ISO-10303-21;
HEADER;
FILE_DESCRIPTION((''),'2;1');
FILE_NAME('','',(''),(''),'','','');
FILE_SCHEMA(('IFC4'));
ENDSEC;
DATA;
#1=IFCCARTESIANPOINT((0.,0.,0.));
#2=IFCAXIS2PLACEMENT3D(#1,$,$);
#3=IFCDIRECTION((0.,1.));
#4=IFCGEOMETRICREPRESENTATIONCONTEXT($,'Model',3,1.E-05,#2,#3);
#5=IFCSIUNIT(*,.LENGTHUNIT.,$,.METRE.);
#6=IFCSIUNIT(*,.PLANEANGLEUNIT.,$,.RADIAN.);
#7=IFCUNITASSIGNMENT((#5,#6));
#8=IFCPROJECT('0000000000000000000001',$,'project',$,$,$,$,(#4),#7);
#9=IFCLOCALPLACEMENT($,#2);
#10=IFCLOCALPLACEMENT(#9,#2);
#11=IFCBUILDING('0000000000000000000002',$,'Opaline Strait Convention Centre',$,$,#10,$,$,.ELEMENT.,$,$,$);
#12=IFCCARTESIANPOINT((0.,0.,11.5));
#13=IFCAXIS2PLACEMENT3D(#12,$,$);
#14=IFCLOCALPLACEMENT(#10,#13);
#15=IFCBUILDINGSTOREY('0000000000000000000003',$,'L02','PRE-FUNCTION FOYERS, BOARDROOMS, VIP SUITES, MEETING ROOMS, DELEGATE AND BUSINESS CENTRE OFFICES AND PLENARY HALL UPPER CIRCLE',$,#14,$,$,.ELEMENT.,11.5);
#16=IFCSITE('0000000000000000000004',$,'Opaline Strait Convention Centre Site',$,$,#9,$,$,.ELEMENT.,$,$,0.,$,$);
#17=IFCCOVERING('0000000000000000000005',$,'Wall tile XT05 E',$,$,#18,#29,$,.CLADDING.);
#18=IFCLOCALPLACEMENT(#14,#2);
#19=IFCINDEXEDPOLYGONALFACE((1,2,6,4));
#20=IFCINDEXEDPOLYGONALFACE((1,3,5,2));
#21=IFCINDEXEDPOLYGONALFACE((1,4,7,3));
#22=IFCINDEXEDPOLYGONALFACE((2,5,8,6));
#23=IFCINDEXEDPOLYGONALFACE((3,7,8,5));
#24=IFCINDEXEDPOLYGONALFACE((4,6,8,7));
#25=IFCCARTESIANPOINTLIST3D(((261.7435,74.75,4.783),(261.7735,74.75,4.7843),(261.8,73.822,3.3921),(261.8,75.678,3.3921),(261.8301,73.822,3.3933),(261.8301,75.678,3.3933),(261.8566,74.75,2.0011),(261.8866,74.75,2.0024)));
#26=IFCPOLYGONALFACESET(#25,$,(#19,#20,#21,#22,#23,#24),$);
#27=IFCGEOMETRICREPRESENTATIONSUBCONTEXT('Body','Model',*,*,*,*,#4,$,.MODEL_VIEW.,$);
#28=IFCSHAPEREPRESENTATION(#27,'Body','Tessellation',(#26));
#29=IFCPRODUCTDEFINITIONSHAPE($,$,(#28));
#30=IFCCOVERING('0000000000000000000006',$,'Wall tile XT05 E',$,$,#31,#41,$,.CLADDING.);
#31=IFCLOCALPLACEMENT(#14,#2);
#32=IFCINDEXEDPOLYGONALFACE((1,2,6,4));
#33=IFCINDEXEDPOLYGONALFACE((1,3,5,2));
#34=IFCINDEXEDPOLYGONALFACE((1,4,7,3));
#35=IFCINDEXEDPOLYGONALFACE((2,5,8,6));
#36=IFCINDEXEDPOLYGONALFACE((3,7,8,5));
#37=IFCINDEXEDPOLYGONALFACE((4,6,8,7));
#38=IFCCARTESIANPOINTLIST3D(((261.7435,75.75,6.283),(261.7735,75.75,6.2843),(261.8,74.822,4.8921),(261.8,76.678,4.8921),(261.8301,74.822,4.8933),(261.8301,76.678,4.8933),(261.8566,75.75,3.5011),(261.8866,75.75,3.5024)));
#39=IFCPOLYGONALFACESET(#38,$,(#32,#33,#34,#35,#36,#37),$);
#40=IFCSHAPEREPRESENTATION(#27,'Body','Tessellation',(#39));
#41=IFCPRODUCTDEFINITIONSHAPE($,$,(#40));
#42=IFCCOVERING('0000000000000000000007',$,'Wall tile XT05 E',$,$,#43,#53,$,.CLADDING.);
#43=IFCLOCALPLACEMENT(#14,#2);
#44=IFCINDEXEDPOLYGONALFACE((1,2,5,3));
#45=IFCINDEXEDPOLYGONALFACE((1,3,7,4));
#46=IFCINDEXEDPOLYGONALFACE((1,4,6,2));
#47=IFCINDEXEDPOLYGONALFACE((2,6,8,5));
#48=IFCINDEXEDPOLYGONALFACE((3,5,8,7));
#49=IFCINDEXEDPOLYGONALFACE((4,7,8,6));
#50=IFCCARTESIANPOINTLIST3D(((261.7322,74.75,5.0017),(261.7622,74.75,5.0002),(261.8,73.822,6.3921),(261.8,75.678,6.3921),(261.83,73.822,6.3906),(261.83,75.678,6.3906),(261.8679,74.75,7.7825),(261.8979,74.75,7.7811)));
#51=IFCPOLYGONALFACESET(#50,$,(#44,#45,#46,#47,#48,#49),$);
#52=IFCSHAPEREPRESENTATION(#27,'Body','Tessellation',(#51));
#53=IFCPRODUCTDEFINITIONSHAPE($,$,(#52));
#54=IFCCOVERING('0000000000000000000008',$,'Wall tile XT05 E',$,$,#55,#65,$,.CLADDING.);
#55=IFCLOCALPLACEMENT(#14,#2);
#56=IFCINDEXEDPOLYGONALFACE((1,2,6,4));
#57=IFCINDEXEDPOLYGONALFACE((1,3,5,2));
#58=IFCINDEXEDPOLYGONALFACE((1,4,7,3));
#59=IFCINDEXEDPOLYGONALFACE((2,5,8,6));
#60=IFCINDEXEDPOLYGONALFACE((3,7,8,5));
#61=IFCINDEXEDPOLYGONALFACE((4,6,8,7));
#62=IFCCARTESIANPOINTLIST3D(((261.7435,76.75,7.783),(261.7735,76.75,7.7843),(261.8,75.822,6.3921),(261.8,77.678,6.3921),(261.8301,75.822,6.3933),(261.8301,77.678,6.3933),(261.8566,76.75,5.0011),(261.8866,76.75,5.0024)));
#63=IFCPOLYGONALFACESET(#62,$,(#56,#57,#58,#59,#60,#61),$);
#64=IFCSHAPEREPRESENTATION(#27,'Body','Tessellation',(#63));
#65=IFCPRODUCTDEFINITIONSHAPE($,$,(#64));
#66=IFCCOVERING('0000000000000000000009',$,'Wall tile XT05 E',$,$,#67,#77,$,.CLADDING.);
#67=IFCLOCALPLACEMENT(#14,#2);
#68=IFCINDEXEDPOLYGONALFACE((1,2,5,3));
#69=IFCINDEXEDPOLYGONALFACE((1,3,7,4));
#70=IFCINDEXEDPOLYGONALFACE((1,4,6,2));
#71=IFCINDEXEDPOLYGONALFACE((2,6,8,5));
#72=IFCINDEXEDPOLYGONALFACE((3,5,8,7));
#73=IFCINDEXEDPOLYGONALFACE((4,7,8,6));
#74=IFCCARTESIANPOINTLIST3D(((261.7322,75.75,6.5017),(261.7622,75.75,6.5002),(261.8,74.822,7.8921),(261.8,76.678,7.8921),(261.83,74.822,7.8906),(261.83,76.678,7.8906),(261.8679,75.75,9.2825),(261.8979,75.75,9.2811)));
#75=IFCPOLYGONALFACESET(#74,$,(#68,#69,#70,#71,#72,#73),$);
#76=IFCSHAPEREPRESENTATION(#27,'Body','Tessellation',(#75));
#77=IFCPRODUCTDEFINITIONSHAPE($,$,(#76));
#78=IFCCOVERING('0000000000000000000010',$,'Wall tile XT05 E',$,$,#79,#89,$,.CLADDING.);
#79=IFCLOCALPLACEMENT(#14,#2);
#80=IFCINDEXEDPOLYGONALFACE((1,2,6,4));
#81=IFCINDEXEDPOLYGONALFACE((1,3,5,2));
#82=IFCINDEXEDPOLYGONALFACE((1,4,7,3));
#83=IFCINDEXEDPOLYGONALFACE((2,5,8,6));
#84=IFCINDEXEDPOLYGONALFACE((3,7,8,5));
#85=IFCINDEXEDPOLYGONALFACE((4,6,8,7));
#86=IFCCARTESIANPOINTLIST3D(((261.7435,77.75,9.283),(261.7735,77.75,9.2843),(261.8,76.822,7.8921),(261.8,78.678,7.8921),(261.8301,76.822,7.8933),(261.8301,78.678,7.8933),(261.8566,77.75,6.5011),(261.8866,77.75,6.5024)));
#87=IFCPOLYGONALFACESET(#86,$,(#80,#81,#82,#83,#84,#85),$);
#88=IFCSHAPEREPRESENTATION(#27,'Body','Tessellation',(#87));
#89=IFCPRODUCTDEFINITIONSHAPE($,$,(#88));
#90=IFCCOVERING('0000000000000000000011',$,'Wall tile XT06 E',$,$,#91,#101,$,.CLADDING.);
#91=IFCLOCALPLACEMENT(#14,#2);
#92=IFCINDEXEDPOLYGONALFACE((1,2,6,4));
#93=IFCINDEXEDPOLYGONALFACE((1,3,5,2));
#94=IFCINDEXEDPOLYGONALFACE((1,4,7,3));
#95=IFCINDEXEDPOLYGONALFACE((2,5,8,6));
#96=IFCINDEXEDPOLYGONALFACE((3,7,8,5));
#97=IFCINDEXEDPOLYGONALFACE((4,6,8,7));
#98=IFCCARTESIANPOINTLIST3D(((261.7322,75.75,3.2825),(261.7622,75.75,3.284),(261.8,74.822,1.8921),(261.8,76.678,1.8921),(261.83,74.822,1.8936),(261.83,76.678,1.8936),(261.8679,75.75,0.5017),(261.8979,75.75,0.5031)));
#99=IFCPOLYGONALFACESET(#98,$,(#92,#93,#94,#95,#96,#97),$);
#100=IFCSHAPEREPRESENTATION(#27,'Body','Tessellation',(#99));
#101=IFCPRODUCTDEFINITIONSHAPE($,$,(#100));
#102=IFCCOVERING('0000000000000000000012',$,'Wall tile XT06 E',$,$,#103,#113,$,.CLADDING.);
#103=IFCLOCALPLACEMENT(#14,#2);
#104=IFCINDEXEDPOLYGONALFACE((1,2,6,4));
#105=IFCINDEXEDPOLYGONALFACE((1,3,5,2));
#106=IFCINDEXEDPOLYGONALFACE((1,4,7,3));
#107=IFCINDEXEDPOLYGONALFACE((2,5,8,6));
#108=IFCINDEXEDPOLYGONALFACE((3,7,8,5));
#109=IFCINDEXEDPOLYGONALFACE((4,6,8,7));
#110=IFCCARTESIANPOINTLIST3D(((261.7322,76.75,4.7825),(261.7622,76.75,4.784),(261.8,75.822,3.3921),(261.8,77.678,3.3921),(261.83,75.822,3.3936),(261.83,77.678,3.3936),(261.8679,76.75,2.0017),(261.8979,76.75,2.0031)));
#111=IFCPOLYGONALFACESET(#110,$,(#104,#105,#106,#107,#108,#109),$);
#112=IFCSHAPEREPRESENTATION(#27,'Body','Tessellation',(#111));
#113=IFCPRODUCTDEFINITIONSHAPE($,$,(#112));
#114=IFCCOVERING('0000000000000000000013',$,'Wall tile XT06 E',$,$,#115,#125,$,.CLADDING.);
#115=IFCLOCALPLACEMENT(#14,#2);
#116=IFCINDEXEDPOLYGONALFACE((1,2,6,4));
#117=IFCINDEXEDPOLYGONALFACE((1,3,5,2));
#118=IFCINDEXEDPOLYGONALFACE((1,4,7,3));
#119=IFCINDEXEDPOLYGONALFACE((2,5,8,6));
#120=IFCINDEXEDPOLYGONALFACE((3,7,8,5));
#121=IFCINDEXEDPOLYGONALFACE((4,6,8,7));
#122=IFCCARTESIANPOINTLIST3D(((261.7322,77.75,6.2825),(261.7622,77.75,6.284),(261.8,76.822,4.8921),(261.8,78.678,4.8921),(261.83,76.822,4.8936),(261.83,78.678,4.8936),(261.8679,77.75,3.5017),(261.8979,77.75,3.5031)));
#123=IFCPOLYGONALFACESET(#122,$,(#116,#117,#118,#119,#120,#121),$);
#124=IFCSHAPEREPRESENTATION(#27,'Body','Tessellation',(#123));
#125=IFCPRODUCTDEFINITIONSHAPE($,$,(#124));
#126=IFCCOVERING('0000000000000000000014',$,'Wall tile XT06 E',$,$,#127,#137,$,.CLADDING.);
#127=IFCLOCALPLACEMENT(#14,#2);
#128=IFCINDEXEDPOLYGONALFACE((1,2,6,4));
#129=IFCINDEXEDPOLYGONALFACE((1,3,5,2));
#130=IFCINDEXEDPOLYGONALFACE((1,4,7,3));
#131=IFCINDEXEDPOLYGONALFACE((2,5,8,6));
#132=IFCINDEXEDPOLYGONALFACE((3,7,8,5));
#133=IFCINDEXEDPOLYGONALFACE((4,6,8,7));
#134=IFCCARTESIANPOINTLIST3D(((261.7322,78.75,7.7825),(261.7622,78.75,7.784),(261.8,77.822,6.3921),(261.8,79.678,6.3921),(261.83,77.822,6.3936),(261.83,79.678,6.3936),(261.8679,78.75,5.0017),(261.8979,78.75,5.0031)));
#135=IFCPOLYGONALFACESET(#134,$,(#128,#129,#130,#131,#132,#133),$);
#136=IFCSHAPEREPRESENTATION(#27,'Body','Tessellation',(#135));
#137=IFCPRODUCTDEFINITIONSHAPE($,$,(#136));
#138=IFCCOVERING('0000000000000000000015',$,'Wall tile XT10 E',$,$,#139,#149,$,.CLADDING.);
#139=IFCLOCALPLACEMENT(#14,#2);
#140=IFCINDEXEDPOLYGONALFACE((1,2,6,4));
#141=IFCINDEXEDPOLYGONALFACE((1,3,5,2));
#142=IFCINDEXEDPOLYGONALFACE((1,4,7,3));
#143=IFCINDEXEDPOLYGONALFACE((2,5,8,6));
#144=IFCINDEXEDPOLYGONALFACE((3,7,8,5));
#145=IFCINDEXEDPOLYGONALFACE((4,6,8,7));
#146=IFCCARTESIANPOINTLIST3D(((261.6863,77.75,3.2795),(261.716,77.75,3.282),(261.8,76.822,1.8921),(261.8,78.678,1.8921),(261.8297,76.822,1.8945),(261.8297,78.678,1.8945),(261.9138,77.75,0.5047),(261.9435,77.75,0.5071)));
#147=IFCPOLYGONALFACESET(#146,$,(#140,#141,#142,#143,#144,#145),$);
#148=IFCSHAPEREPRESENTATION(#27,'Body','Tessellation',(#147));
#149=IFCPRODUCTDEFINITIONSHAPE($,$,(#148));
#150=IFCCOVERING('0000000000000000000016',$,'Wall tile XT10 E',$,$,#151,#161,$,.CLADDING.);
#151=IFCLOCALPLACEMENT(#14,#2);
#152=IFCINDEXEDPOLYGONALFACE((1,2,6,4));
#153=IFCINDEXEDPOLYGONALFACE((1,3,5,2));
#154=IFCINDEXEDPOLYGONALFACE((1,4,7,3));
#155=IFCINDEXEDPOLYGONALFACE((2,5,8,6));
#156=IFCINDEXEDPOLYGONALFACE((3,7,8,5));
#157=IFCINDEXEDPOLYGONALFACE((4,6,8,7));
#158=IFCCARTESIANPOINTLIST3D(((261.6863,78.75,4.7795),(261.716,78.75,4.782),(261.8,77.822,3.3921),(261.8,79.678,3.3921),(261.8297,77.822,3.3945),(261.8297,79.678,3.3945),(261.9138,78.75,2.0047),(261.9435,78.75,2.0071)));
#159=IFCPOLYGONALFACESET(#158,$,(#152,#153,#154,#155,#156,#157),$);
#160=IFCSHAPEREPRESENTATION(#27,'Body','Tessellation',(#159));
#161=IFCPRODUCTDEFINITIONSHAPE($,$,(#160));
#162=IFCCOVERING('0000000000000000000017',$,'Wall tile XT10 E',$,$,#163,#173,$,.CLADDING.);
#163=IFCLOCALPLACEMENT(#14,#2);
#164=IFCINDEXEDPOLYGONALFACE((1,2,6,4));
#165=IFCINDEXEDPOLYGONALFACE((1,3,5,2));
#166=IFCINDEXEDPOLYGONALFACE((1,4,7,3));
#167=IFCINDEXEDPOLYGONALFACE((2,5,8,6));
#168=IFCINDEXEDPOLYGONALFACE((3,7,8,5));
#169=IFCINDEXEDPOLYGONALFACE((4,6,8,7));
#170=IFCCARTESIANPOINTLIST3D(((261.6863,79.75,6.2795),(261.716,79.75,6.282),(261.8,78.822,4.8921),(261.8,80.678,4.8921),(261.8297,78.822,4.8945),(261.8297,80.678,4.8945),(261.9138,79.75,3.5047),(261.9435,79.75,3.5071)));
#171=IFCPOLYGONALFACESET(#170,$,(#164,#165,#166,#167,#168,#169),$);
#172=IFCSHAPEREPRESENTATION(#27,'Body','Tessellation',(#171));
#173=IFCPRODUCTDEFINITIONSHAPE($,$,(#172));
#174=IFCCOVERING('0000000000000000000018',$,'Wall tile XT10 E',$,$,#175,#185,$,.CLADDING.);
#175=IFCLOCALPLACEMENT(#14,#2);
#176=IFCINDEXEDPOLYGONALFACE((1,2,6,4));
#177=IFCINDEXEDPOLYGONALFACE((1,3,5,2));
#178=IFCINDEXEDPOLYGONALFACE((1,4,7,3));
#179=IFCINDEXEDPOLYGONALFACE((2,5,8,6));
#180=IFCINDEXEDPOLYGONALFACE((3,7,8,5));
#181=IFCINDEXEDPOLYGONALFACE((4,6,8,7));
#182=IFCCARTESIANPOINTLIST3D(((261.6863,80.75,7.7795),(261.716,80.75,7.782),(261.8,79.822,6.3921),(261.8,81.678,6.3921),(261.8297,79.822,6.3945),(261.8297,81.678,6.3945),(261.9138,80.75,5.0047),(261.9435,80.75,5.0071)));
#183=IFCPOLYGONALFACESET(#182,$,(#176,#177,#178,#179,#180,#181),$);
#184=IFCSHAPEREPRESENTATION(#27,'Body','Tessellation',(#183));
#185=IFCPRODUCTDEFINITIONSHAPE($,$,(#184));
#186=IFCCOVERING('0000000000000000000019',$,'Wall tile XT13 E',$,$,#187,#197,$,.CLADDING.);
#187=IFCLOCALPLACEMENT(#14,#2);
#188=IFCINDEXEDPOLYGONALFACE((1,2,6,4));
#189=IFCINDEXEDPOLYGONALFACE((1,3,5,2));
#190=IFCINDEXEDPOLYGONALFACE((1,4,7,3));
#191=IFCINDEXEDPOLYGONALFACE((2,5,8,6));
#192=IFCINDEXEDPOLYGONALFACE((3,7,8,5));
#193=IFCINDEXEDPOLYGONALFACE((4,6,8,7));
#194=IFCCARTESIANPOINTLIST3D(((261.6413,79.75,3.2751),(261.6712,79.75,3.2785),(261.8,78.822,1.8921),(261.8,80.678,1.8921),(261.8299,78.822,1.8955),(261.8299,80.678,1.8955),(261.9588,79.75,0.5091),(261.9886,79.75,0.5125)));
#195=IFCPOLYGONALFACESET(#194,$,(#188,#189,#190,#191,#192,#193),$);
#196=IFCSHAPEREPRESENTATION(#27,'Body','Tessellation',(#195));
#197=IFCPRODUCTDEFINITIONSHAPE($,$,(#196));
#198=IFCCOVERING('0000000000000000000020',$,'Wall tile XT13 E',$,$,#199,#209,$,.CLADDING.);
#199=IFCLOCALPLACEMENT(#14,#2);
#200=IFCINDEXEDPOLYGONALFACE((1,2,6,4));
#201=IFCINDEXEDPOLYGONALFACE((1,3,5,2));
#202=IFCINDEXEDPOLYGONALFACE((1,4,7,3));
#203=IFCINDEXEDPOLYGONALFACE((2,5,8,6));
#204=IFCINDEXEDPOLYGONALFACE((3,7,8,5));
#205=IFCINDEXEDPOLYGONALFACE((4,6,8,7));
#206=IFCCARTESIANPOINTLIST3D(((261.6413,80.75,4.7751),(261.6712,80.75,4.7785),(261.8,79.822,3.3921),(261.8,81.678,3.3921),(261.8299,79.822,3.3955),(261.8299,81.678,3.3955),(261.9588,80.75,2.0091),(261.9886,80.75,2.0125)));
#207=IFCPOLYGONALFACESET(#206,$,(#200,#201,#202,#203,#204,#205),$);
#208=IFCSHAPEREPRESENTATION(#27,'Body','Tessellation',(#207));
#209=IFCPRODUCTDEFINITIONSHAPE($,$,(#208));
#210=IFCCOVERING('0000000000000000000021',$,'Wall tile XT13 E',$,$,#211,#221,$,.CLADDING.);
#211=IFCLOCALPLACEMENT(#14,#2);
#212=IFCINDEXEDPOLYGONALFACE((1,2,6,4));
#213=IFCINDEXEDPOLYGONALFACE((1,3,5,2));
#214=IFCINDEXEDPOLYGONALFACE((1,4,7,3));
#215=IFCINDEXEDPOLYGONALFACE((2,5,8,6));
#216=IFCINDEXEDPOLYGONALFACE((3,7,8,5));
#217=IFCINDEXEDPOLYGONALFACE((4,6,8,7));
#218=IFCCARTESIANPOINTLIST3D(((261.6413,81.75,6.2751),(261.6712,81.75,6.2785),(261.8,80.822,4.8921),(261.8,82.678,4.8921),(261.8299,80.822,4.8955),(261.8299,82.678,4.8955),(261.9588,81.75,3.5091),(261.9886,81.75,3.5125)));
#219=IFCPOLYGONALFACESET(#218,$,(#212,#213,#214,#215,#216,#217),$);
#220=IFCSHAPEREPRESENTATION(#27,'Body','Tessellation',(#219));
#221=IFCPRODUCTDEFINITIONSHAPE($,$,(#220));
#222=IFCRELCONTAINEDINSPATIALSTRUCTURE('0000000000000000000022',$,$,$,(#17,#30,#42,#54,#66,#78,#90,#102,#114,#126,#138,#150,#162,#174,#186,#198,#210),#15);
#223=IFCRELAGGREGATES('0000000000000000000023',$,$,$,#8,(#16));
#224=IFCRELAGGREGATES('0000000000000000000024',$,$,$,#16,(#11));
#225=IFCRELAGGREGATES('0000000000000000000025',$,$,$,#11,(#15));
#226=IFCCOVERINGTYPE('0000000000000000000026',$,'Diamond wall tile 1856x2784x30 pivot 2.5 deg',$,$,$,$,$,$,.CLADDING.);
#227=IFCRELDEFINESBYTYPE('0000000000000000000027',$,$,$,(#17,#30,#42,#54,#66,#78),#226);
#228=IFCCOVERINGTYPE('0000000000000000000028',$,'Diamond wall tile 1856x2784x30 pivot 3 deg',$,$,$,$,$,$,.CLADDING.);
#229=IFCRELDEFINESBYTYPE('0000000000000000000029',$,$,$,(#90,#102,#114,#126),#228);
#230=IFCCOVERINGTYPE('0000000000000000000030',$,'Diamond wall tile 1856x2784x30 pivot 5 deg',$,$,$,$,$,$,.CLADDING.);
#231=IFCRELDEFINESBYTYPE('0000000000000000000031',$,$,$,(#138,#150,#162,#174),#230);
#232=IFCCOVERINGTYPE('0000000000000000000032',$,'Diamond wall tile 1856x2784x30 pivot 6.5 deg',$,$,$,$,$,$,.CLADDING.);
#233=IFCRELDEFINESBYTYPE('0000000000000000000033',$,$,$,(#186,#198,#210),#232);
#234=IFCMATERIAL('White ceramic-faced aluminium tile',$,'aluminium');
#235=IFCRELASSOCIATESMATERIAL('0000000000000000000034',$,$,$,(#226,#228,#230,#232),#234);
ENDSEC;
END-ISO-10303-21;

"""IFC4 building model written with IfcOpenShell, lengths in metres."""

from ifc_helpers import new_model, si_unit, direction, frame, origin, place, context, subcontext, project, spatial, polyline, outline, extrude, material, material_profile, profile_set, type_object, element, save


model = new_model("IFC4")

# Units and contexts
model_context = context("Model", 3, precision=1e-05, world=origin(), true_north=direction((0.0, 1.0)))
body_context = subcontext(model_context, "Body", "Model", "MODEL_VIEW")
ifc_project = project(units=[si_unit("LENGTHUNIT", "METRE"), si_unit("PLANEANGLEUNIT", "RADIAN")], contexts=[model_context])

# Site, building, storey
site_placement = place(None, origin())
site = spatial("IfcSite", under=ifc_project, at=site_placement, Name="Opaline Strait Convention Centre Site", CompositionType="ELEMENT", RefElevation=0.0)
building_placement = place(site_placement, origin())
building = spatial("IfcBuilding", under=site, at=building_placement, Name="Opaline Strait Convention Centre", CompositionType="ELEMENT")
storey_placement = place(building_placement, frame((0.0, 0.0, 11.5)))
storey = spatial("IfcBuildingStorey", under=building, at=storey_placement, Name="L02", Description="PRE-FUNCTION FOYERS, BOARDROOMS, VIP SUITES, MEETING ROOMS, DELEGATE AND BUSINESS CENTRE OFFICES AND PLENARY HALL UPPER CIRCLE", CompositionType="ELEMENT", Elevation=11.5)

# Coverings
ifc_material = material(Name="White ceramic-faced aluminium tile", Category="aluminium")
ifc_material_profile_1 = material_profile(ifc_material, outline(polyline([(0.928, 0.0), (0.0, 1.3921), (-0.928, 0.0), (0.0, -1.3921), (0.928, 0.0)])), Name="Diamond tile 1856x2784")
ifc_profile_set_1 = profile_set([ifc_material_profile_1], Name="White ceramic-faced aluminium tile")
covering_type_1 = type_object("IfcCoveringType", Name="Diamond wall tile 1856x2784x30 pivot 2.5 deg", PredefinedType="CLADDING", material=ifc_profile_set_1)
for number, where, z_axis, x_axis, name in (
    (1, (261.8, 74.75, 3.3921), (0.999175, 0.0, 0.040617), (0.0, 1.0, 0.0), "Wall tile XT05 E"),
    (2, (261.8, 75.75, 4.8921), (0.999175, 0.0, 0.040617), (0.0, 1.0, 0.0), "Wall tile XT05 E"),
    (3, (261.8, 74.75, 6.3921), (0.998812, 0.0, -0.048723), (0.0, 1.0, 0.0), "Wall tile XT05 E"),
    (4, (261.8, 76.75, 6.3921), (0.999175, 0.0, 0.040617), (0.0, 1.0, 0.0), "Wall tile XT05 E"),
    (5, (261.8, 75.75, 7.8921), (0.998812, 0.0, -0.048723), (0.0, 1.0, 0.0), "Wall tile XT05 E"),
    (6, (261.8, 77.75, 7.8921), (0.999175, 0.0, 0.040617), (0.0, 1.0, 0.0), "Wall tile XT05 E"),
):
    element("IfcCovering", number, at=place(storey_placement, frame(where, z_axis=z_axis, x_axis=x_axis)), inside=storey, type_object=covering_type_1, Name=name, PredefinedType="CLADDING", context=body_context, shape_type="SweptSolid", body=[
        extrude(outline(polyline([(0.928, 0.0), (0.0, 1.3921), (-0.928, 0.0), (0.0, -1.3921), (0.928, 0.0)])), origin(), (0.0, 0.0, 1.0), 0.03),
    ])
ifc_material_profile_2 = material_profile(ifc_material, outline(polyline([(0.928, 0.0), (0.0, 1.3921), (-0.928, 0.0), (0.0, -1.3921), (0.928, 0.0)])), Name="Diamond tile 1856x2784")
ifc_profile_set_2 = profile_set([ifc_material_profile_2], Name="White ceramic-faced aluminium tile")
covering_type_2 = type_object("IfcCoveringType", Name="Diamond wall tile 1856x2784x30 pivot 3 deg", PredefinedType="CLADDING", material=ifc_profile_set_2)
for number, where, z_axis, x_axis, name in (
    (7, (261.8, 75.75, 1.8921), (0.998812, 0.0, 0.048723), (0.0, 1.0, 0.0), "Wall tile XT06 E"),
    (8, (261.8, 76.75, 3.3921), (0.998812, 0.0, 0.048723), (0.0, 1.0, 0.0), "Wall tile XT06 E"),
    (9, (261.8, 77.75, 4.8921), (0.998812, 0.0, 0.048723), (0.0, 1.0, 0.0), "Wall tile XT06 E"),
    (10, (261.8, 78.75, 6.3921), (0.998812, 0.0, 0.048723), (0.0, 1.0, 0.0), "Wall tile XT06 E"),
):
    element("IfcCovering", number, at=place(storey_placement, frame(where, z_axis=z_axis, x_axis=x_axis)), inside=storey, type_object=covering_type_2, Name=name, PredefinedType="CLADDING", context=body_context, shape_type="SweptSolid", body=[
        extrude(outline(polyline([(0.928, 0.0), (0.0, 1.3921), (-0.928, 0.0), (0.0, -1.3921), (0.928, 0.0)])), origin(), (0.0, 0.0, 1.0), 0.03),
    ])
ifc_material_profile_3 = material_profile(ifc_material, outline(polyline([(0.928, 0.0), (0.0, 1.3921), (-0.928, 0.0), (0.0, -1.3921), (0.928, 0.0)])), Name="Diamond tile 1856x2784")
ifc_profile_set_3 = profile_set([ifc_material_profile_3], Name="White ceramic-faced aluminium tile")
covering_type_3 = type_object("IfcCoveringType", Name="Diamond wall tile 1856x2784x30 pivot 5 deg", PredefinedType="CLADDING", material=ifc_profile_set_3)
for number, where, z_axis, x_axis, name in (
    (11, (261.8, 77.75, 1.8921), (0.996658, 0.0, 0.081693), (0.0, 1.0, 0.0), "Wall tile XT10 E"),
    (12, (261.8, 78.75, 3.3921), (0.996658, 0.0, 0.081693), (0.0, 1.0, 0.0), "Wall tile XT10 E"),
    (13, (261.8, 79.75, 4.8921), (0.996658, 0.0, 0.081693), (0.0, 1.0, 0.0), "Wall tile XT10 E"),
    (14, (261.8, 80.75, 6.3921), (0.996658, 0.0, 0.081693), (0.0, 1.0, 0.0), "Wall tile XT10 E"),
):
    element("IfcCovering", number, at=place(storey_placement, frame(where, z_axis=z_axis, x_axis=x_axis)), inside=storey, type_object=covering_type_3, Name=name, PredefinedType="CLADDING", context=body_context, shape_type="SweptSolid", body=[
        extrude(outline(polyline([(0.928, 0.0), (0.0, 1.3921), (-0.928, 0.0), (0.0, -1.3921), (0.928, 0.0)])), origin(), (0.0, 0.0, 1.0), 0.0298),
    ])
ifc_material_profile_4 = material_profile(ifc_material, outline(polyline([(0.928, 0.0), (0.0, 1.3921), (-0.928, 0.0), (0.0, -1.3921), (0.928, 0.0)])), Name="Diamond tile 1856x2784")
ifc_profile_set_4 = profile_set([ifc_material_profile_4], Name="White ceramic-faced aluminium tile")
covering_type_4 = type_object("IfcCoveringType", Name="Diamond wall tile 1856x2784x30 pivot 6.5 deg", PredefinedType="CLADDING", material=ifc_profile_set_4)
for number, where, z_axis, x_axis, name in (
    (15, (261.8, 79.75, 1.8921), (0.99348, 0.0, 0.114006), (0.0, 1.0, 0.0), "Wall tile XT13 E"),
    (16, (261.8, 80.75, 3.3921), (0.99348, 0.0, 0.114006), (0.0, 1.0, 0.0), "Wall tile XT13 E"),
    (17, (261.8, 81.75, 4.8921), (0.99348, 0.0, 0.114006), (0.0, 1.0, 0.0), "Wall tile XT13 E"),
):
    element("IfcCovering", number, at=place(storey_placement, frame(where, z_axis=z_axis, x_axis=x_axis)), inside=storey, type_object=covering_type_4, Name=name, PredefinedType="CLADDING", context=body_context, shape_type="SweptSolid", body=[
        extrude(outline(polyline([(0.928, 0.0), (0.0, 1.3921), (-0.928, 0.0), (0.0, -1.3921), (0.928, 0.0)])), origin(), (0.0, 0.0, 1.0), 0.03),
    ])

save(model, "model.ifc")
